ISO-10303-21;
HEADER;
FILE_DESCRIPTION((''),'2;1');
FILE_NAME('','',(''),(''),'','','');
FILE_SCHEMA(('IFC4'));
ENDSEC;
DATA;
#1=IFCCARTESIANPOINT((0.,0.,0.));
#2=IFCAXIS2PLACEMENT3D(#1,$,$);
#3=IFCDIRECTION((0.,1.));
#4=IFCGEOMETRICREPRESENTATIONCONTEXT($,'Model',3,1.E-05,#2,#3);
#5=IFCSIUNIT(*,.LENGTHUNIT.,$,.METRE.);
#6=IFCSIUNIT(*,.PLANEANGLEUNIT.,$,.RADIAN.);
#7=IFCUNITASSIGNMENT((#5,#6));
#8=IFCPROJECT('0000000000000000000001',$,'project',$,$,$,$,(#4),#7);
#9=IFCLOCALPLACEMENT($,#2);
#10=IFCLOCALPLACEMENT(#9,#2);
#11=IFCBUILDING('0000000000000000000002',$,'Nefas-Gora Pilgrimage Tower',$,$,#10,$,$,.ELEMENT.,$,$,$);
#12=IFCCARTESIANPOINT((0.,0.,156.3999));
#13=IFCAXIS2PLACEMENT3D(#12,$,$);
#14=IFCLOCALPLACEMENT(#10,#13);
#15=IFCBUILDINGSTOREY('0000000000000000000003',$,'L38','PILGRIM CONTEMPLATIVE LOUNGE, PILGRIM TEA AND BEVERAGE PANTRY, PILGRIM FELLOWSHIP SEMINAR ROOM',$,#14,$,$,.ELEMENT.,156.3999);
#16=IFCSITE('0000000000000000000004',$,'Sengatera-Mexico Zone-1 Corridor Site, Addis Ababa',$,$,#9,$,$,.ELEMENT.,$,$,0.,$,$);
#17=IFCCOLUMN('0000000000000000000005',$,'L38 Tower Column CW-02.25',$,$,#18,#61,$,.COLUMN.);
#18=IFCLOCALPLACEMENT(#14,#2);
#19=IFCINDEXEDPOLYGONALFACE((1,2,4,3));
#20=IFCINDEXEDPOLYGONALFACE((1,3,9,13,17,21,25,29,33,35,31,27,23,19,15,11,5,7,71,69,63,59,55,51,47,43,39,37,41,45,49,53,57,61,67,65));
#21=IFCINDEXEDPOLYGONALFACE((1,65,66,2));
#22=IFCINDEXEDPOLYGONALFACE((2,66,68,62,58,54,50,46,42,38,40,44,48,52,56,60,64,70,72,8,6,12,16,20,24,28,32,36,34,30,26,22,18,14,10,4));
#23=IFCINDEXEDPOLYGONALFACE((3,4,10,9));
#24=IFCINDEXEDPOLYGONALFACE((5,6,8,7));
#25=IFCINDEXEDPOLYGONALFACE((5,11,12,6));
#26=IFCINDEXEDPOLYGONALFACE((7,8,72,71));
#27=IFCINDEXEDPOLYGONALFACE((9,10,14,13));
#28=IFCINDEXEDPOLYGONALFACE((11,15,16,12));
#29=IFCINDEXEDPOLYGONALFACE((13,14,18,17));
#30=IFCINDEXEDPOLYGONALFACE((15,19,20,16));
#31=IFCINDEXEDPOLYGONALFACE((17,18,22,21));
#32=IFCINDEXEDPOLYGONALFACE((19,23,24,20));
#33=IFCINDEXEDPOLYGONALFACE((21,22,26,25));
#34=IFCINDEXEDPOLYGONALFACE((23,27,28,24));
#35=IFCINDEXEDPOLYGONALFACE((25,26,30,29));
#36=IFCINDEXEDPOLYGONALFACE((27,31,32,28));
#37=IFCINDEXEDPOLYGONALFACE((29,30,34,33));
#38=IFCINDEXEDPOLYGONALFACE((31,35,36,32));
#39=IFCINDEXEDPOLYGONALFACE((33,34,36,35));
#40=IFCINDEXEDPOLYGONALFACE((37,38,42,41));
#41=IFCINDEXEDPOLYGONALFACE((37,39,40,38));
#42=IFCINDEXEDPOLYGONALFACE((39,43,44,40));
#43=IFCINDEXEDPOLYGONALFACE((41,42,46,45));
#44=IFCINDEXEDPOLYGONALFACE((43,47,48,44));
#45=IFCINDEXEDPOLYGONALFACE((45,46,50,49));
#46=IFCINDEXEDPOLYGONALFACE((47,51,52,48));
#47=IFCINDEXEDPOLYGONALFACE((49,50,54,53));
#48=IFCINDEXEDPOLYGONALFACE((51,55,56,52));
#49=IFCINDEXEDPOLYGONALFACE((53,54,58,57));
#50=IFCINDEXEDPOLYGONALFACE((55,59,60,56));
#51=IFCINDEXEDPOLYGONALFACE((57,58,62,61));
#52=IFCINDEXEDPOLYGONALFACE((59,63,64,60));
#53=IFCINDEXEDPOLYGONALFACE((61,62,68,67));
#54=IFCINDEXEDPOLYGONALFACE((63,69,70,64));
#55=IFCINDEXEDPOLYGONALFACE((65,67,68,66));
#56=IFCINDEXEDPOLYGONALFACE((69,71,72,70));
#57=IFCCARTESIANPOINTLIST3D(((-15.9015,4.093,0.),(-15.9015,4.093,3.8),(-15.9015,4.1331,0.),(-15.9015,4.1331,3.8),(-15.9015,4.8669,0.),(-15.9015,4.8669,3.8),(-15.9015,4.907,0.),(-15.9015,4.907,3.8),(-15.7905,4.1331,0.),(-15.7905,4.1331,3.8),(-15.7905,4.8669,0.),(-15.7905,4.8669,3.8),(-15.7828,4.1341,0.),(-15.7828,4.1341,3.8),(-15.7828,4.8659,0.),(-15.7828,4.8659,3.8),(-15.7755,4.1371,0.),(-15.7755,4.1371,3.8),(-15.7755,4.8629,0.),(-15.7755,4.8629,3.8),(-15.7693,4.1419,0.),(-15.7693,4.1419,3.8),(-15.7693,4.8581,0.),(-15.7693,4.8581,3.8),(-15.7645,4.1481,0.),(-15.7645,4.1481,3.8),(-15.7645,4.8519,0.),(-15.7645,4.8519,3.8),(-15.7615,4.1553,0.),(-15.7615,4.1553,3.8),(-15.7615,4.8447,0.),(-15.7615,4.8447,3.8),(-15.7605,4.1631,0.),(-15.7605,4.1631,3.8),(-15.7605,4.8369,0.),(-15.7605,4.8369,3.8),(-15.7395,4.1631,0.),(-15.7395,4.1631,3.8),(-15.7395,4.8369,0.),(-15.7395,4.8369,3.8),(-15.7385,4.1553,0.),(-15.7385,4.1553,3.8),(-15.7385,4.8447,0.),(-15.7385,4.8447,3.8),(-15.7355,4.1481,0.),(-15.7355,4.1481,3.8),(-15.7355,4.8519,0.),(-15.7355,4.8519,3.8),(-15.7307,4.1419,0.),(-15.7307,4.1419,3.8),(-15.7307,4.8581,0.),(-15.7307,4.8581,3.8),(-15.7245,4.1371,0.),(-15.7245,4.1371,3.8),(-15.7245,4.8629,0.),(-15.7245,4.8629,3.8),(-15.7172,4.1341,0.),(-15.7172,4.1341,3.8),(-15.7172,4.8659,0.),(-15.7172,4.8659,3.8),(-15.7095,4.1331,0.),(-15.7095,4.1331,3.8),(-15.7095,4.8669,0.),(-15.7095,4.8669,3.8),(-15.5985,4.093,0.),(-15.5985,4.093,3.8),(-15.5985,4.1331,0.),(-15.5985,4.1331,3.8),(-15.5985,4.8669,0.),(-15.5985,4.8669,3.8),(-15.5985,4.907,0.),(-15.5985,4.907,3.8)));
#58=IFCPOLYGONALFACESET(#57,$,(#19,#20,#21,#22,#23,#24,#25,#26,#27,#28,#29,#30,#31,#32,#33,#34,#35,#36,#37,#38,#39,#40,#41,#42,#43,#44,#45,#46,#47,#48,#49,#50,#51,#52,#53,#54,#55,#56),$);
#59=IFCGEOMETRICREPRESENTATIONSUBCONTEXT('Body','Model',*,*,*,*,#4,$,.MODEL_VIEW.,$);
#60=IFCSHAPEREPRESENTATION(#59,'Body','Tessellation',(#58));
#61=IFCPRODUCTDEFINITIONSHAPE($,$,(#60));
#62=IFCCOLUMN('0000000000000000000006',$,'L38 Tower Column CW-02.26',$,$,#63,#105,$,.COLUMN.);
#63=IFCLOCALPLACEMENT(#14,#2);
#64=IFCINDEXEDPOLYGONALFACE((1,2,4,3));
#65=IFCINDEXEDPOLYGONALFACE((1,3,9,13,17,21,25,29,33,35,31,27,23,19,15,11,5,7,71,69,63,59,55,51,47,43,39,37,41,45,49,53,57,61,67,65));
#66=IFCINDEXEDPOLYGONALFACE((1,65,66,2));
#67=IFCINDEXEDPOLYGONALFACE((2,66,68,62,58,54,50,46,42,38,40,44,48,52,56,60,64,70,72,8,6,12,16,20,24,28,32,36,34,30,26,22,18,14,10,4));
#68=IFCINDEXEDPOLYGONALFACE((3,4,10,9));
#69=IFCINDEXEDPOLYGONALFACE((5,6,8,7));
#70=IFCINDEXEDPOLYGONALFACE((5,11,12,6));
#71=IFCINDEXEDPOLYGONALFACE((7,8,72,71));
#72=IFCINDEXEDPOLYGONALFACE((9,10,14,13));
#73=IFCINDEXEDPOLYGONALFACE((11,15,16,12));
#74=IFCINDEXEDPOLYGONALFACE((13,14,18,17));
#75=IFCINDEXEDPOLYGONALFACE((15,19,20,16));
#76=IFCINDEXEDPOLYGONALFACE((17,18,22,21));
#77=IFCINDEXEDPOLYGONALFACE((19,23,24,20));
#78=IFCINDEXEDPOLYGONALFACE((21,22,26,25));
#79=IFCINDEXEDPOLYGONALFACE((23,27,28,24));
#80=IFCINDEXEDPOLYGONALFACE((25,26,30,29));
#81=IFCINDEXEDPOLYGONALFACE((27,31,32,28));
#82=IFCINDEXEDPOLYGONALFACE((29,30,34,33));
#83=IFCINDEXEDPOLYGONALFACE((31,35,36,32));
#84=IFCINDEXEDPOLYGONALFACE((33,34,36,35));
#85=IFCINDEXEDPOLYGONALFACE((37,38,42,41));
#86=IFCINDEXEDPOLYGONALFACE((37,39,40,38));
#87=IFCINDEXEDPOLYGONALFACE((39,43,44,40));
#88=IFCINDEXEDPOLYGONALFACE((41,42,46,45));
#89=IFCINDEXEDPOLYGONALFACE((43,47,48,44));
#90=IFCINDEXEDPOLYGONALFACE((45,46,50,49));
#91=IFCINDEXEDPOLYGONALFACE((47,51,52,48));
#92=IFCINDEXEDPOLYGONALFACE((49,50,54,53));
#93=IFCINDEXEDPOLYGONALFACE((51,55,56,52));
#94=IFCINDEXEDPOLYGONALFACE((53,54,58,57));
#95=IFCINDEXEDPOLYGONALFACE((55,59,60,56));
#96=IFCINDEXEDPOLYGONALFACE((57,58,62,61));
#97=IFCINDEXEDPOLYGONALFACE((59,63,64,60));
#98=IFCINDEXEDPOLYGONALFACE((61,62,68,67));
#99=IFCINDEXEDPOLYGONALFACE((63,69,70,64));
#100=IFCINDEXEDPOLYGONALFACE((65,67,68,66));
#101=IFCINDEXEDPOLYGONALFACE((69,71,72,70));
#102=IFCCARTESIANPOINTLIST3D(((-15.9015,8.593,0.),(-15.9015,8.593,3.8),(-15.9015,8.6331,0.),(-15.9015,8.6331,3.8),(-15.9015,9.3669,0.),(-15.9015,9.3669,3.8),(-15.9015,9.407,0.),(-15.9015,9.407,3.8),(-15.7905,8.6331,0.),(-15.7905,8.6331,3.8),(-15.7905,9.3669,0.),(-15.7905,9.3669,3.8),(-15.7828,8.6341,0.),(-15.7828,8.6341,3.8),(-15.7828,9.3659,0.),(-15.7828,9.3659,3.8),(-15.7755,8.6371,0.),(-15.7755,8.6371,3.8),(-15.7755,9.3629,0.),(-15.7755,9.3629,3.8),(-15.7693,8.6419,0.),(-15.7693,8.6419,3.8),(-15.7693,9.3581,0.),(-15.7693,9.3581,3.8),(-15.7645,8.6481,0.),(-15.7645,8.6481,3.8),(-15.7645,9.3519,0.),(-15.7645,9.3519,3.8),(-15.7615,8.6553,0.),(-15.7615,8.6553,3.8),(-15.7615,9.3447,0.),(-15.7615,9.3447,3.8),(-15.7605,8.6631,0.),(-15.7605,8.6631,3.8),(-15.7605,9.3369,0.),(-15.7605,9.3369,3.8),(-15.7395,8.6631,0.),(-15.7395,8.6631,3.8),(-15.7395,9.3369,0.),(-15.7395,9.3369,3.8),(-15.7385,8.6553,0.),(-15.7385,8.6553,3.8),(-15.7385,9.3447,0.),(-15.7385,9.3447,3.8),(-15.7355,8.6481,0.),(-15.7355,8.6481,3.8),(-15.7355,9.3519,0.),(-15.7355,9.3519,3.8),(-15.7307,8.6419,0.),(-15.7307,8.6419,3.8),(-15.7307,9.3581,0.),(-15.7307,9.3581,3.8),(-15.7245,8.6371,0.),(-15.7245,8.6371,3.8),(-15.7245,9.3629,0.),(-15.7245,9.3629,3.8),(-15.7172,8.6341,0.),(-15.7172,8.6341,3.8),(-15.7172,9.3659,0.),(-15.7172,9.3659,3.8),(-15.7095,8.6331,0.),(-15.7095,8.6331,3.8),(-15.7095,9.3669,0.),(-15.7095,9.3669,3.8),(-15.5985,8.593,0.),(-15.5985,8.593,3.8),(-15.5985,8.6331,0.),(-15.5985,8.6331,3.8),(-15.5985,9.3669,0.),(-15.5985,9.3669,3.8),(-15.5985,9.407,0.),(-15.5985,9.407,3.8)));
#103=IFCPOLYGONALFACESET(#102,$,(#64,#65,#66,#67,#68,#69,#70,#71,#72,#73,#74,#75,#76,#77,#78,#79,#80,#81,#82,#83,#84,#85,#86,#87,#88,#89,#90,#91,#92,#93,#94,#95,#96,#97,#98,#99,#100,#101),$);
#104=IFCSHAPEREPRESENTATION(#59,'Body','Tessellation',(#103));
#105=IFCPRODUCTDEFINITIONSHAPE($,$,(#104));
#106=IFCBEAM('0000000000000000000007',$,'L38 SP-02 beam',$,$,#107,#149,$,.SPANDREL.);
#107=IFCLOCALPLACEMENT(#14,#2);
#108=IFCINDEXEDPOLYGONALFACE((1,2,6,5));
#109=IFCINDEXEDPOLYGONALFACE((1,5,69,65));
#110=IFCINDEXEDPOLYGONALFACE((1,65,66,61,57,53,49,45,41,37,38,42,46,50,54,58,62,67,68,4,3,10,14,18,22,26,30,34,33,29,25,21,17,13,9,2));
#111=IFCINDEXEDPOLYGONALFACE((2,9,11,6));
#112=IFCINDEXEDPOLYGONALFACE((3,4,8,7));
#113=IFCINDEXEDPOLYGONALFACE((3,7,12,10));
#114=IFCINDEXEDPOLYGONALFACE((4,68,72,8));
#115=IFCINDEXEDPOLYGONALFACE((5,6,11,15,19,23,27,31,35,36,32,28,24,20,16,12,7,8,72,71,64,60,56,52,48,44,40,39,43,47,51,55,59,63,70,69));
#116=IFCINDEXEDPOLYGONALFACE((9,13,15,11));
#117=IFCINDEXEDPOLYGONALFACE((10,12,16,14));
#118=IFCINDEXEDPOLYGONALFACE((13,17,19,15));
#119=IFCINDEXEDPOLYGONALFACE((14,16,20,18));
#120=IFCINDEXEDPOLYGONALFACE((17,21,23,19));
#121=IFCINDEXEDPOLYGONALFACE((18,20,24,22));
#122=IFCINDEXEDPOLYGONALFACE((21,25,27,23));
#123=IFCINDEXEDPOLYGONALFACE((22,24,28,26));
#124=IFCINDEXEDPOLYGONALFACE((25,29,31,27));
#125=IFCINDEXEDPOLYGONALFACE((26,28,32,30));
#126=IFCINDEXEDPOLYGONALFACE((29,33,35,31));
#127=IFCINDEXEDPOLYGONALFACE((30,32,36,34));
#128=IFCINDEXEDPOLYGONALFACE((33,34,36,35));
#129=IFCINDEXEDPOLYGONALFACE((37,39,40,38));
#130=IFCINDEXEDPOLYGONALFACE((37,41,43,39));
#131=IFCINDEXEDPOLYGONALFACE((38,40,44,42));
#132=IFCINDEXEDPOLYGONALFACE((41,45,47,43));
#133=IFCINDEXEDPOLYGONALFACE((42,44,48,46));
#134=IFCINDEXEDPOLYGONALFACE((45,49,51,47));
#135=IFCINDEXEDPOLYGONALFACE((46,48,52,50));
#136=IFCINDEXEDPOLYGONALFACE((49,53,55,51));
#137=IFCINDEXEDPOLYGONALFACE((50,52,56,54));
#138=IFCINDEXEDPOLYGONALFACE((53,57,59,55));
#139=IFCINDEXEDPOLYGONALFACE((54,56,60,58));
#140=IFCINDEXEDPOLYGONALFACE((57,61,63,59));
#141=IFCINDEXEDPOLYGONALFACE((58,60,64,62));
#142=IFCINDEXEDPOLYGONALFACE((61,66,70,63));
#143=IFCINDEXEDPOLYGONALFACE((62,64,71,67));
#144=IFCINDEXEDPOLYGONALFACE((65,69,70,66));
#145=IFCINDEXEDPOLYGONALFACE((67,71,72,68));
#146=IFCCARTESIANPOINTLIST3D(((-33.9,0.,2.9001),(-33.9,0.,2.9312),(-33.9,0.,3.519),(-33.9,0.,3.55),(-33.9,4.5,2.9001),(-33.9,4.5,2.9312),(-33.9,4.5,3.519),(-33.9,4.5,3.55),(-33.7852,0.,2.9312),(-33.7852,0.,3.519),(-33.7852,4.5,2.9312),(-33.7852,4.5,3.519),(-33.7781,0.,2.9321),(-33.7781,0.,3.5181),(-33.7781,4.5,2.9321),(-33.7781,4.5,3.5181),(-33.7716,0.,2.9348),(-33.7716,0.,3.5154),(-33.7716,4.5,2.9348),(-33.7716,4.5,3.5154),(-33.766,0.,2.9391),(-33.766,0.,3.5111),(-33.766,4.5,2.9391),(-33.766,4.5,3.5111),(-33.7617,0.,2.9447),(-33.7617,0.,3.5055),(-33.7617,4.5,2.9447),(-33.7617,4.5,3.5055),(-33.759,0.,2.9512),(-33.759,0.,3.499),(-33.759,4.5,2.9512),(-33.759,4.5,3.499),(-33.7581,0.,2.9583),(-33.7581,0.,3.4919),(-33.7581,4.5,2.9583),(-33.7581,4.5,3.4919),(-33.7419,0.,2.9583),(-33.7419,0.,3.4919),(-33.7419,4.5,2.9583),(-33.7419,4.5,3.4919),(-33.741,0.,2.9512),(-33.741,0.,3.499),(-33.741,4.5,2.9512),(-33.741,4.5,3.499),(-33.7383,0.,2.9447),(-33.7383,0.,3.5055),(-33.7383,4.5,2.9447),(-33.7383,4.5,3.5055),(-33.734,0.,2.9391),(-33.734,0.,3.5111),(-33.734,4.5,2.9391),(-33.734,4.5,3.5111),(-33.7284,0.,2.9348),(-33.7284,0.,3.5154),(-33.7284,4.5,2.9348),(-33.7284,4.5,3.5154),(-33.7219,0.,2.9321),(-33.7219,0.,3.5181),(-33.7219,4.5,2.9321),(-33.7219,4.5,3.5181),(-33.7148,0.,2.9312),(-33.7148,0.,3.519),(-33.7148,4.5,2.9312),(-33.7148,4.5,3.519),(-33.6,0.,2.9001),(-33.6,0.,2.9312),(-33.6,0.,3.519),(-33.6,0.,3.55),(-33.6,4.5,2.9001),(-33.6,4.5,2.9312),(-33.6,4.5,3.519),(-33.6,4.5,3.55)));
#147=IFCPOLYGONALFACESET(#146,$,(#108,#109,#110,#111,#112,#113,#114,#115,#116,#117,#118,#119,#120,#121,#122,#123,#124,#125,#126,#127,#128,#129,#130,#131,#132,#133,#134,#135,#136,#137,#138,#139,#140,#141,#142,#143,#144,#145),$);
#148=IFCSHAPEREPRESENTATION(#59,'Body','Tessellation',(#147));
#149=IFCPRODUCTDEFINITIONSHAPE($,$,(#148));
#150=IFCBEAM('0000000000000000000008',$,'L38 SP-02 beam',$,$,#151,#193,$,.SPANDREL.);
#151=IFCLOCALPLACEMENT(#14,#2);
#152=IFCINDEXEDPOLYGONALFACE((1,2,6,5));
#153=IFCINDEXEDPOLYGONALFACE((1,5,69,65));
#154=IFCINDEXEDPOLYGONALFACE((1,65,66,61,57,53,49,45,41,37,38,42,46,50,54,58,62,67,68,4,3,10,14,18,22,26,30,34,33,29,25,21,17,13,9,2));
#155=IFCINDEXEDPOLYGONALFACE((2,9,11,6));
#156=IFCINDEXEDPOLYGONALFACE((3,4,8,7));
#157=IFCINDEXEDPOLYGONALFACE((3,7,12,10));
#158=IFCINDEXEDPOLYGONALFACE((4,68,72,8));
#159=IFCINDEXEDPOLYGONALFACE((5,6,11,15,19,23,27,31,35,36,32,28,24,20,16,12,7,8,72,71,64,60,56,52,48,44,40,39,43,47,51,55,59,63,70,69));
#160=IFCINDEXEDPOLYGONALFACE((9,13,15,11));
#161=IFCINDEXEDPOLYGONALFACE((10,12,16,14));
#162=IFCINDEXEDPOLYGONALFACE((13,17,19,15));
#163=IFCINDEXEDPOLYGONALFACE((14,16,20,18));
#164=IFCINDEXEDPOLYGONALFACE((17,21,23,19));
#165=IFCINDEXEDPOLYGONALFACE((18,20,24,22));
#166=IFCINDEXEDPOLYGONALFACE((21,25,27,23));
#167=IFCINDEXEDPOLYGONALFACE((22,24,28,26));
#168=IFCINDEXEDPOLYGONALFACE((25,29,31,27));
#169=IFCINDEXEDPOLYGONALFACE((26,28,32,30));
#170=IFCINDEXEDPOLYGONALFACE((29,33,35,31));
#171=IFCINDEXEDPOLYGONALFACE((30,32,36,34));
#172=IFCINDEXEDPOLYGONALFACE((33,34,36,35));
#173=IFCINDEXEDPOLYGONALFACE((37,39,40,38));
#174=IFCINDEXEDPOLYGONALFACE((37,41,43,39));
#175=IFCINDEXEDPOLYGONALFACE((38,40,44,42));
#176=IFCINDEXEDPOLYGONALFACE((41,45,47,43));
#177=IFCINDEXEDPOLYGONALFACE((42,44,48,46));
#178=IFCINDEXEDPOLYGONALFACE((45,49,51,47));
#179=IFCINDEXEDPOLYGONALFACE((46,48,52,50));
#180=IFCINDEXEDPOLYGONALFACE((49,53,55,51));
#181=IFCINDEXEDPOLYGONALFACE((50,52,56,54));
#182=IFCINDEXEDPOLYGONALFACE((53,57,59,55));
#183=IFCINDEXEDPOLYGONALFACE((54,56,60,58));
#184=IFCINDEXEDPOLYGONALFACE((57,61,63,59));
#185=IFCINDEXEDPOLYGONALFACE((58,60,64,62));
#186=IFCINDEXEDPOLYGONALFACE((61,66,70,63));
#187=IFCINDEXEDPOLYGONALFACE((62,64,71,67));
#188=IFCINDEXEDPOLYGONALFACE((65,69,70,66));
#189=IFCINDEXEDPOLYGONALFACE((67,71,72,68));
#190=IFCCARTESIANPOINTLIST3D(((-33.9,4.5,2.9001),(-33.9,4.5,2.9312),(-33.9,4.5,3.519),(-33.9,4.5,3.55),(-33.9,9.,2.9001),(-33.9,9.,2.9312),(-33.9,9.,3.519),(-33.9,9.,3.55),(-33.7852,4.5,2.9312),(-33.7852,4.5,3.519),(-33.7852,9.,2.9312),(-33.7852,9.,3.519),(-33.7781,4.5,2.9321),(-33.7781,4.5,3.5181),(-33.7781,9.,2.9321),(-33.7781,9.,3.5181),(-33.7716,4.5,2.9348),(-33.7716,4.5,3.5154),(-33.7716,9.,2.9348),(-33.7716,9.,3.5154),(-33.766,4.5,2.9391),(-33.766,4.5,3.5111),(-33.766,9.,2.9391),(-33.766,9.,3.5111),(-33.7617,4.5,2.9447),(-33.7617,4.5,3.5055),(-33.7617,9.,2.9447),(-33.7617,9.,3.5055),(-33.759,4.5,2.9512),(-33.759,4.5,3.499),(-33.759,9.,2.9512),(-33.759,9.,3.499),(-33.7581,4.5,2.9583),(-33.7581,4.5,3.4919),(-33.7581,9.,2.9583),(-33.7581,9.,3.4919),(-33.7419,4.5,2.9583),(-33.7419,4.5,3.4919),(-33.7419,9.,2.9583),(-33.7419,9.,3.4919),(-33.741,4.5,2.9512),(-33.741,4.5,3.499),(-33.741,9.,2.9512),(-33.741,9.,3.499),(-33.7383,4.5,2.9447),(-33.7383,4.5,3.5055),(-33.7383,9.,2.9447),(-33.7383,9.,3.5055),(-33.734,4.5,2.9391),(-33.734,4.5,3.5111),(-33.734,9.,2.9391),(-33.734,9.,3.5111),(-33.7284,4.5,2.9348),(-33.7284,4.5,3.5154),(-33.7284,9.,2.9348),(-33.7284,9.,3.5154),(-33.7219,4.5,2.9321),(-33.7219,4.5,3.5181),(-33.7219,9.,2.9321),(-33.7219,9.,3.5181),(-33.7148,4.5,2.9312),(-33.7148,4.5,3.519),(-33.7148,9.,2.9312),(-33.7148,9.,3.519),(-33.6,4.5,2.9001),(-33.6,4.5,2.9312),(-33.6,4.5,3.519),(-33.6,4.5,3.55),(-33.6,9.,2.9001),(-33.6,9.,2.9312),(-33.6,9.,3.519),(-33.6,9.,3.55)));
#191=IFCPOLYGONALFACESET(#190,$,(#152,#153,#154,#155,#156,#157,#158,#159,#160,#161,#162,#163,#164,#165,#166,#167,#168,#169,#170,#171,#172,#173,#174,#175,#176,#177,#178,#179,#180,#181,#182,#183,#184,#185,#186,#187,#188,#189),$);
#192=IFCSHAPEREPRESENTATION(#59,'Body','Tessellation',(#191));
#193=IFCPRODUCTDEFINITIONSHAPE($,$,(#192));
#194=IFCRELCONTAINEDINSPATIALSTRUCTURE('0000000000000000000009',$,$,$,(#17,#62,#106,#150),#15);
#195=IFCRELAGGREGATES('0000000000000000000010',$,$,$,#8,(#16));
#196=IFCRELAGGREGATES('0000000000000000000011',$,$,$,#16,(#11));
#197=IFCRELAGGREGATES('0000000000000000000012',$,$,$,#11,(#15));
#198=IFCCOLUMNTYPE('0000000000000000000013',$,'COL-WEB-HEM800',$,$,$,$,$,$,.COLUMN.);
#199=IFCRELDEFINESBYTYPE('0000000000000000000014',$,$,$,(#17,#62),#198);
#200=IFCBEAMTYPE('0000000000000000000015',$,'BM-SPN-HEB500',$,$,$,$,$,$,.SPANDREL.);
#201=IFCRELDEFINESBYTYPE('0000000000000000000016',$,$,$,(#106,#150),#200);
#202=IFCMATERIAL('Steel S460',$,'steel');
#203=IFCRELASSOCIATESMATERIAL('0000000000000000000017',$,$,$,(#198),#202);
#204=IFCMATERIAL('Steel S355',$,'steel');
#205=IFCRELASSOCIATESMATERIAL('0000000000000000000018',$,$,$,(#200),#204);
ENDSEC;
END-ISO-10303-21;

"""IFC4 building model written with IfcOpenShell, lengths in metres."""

from ifc_helpers import new_model, si_unit, direction, frame, origin, origin_2d, place, context, subcontext, project, spatial, i_section, extrude, source, transform, mapped, material, material_profile, profile_set, type_object, element, save


model = new_model("IFC4")

# Units and contexts
model_context = context("Model", 3, precision=1e-05, world=origin(), true_north=direction((0.0, 1.0)))
body_context = subcontext(model_context, "Body", "Model", "MODEL_VIEW")
ifc_project = project(units=[si_unit("LENGTHUNIT", "METRE"), si_unit("PLANEANGLEUNIT", "RADIAN")], contexts=[model_context])

# Site, building, storey
site_placement = place(None, origin())
site = spatial("IfcSite", under=ifc_project, at=site_placement, Name="Sengatera-Mexico Zone-1 Corridor Site, Addis Ababa", CompositionType="ELEMENT", RefElevation=0.0)
building_placement = place(site_placement, origin())
building = spatial("IfcBuilding", under=site, at=building_placement, Name="Nefas-Gora Pilgrimage Tower", CompositionType="ELEMENT")
storey_placement = place(building_placement, frame((0.0, 0.0, 156.3999)))
storey = spatial("IfcBuildingStorey", under=building, at=storey_placement, Name="L38", Description="PILGRIM CONTEMPLATIVE LOUNGE, PILGRIM TEA AND BEVERAGE PANTRY, PILGRIM FELLOWSHIP SEMINAR ROOM", CompositionType="ELEMENT", Elevation=156.3999)

# Columns
ifc_material_1 = material(Name="Steel S460", Category="steel")
ifc_material_profile_1 = material_profile(ifc_material_1, i_section(OverallWidth=0.303, OverallDepth=0.814, WebThickness=0.021, FlangeThickness=0.04, FilletRadius=0.03, at=origin_2d()), Name="HEM 800")
ifc_profile_set_1 = profile_set([ifc_material_profile_1], Name="Steel S460")
column_type_1 = type_object("IfcColumnType", Name="COL-WEB-HEM800", PredefinedType="COLUMN", material=ifc_profile_set_1)
shared_shape_1 = source(origin(), body_context, "Body", "SweptSolid", [
    extrude(i_section(OverallWidth=0.303, OverallDepth=0.814, WebThickness=0.021, FlangeThickness=0.04, FilletRadius=0.03, at=origin_2d()), origin(), (0.0, 0.0, 1.0), 3.8),
])
for number, where, z_axis, x_axis, name in (
    (1, (-15.75, 4.5, 0.0), (0.0, 0.0, 1.0), (1.0, 0.0, 0.0), "L38 Tower Column CW-02.25"),
    (2, (-15.75, 9.0, 0.0), (0.0, 0.0, 1.0), (1.0, 0.0, 0.0), "L38 Tower Column CW-02.26"),
):
    element("IfcColumn", number, at=place(storey_placement, frame(where, z_axis=z_axis, x_axis=x_axis)), inside=storey, type_object=column_type_1, Name=name, PredefinedType="COLUMN", context=body_context, shape_type="MappedRepresentation", body=[
        mapped(shared_shape_1, transform((0.0, 0.0, 0.0), x_axis=(1.0, 0.0, 0.0), y_axis=(0.0, 1.0, 0.0), z_axis=(0.0, 0.0, 1.0), scale=1.0)),
    ])

# Beams
ifc_material_2 = material(Name="Steel S355", Category="steel")
ifc_material_profile_2 = material_profile(ifc_material_2, i_section(OverallWidth=0.3, OverallDepth=0.6499, WebThickness=0.0161, FlangeThickness=0.031, FilletRadius=0.0271, at=origin_2d()), Name="HEB 650")
ifc_profile_set_2 = profile_set([ifc_material_profile_2], Name="Steel S355")
beam_type_1 = type_object("IfcBeamType", Name="BM-SPN-HEB500", PredefinedType="SPANDREL", material=ifc_profile_set_2)
shared_shape_2 = source(origin(), body_context, "Body", "SweptSolid", [
    extrude(i_section(OverallWidth=0.3, OverallDepth=0.6499, WebThickness=0.0161, FlangeThickness=0.031, FilletRadius=0.0271, at=origin_2d()), origin(), (0.0, 0.0, 1.0), 4.5),
])
for number, where, z_axis, x_axis, name in (
    (3, (-33.75, 0.0, 3.2251), (0.0, 1.0, 0.0), (-1.0, 0.0, 0.0), "L38 SP-02 beam"),
    (4, (-33.75, 4.5, 3.2251), (0.0, 1.0, 0.0), (-1.0, 0.0, 0.0), "L38 SP-02 beam"),
):
    element("IfcBeam", number, at=place(storey_placement, frame(where, z_axis=z_axis, x_axis=x_axis)), inside=storey, type_object=beam_type_1, Name=name, PredefinedType="SPANDREL", context=body_context, shape_type="MappedRepresentation", body=[
        mapped(shared_shape_2, transform((0.0, 0.0, 0.0), x_axis=(1.0, 0.0, 0.0), y_axis=(0.0, 1.0, 0.0), z_axis=(0.0, 0.0, 1.0), scale=1.0)),
    ])

save(model, "model.ifc")
